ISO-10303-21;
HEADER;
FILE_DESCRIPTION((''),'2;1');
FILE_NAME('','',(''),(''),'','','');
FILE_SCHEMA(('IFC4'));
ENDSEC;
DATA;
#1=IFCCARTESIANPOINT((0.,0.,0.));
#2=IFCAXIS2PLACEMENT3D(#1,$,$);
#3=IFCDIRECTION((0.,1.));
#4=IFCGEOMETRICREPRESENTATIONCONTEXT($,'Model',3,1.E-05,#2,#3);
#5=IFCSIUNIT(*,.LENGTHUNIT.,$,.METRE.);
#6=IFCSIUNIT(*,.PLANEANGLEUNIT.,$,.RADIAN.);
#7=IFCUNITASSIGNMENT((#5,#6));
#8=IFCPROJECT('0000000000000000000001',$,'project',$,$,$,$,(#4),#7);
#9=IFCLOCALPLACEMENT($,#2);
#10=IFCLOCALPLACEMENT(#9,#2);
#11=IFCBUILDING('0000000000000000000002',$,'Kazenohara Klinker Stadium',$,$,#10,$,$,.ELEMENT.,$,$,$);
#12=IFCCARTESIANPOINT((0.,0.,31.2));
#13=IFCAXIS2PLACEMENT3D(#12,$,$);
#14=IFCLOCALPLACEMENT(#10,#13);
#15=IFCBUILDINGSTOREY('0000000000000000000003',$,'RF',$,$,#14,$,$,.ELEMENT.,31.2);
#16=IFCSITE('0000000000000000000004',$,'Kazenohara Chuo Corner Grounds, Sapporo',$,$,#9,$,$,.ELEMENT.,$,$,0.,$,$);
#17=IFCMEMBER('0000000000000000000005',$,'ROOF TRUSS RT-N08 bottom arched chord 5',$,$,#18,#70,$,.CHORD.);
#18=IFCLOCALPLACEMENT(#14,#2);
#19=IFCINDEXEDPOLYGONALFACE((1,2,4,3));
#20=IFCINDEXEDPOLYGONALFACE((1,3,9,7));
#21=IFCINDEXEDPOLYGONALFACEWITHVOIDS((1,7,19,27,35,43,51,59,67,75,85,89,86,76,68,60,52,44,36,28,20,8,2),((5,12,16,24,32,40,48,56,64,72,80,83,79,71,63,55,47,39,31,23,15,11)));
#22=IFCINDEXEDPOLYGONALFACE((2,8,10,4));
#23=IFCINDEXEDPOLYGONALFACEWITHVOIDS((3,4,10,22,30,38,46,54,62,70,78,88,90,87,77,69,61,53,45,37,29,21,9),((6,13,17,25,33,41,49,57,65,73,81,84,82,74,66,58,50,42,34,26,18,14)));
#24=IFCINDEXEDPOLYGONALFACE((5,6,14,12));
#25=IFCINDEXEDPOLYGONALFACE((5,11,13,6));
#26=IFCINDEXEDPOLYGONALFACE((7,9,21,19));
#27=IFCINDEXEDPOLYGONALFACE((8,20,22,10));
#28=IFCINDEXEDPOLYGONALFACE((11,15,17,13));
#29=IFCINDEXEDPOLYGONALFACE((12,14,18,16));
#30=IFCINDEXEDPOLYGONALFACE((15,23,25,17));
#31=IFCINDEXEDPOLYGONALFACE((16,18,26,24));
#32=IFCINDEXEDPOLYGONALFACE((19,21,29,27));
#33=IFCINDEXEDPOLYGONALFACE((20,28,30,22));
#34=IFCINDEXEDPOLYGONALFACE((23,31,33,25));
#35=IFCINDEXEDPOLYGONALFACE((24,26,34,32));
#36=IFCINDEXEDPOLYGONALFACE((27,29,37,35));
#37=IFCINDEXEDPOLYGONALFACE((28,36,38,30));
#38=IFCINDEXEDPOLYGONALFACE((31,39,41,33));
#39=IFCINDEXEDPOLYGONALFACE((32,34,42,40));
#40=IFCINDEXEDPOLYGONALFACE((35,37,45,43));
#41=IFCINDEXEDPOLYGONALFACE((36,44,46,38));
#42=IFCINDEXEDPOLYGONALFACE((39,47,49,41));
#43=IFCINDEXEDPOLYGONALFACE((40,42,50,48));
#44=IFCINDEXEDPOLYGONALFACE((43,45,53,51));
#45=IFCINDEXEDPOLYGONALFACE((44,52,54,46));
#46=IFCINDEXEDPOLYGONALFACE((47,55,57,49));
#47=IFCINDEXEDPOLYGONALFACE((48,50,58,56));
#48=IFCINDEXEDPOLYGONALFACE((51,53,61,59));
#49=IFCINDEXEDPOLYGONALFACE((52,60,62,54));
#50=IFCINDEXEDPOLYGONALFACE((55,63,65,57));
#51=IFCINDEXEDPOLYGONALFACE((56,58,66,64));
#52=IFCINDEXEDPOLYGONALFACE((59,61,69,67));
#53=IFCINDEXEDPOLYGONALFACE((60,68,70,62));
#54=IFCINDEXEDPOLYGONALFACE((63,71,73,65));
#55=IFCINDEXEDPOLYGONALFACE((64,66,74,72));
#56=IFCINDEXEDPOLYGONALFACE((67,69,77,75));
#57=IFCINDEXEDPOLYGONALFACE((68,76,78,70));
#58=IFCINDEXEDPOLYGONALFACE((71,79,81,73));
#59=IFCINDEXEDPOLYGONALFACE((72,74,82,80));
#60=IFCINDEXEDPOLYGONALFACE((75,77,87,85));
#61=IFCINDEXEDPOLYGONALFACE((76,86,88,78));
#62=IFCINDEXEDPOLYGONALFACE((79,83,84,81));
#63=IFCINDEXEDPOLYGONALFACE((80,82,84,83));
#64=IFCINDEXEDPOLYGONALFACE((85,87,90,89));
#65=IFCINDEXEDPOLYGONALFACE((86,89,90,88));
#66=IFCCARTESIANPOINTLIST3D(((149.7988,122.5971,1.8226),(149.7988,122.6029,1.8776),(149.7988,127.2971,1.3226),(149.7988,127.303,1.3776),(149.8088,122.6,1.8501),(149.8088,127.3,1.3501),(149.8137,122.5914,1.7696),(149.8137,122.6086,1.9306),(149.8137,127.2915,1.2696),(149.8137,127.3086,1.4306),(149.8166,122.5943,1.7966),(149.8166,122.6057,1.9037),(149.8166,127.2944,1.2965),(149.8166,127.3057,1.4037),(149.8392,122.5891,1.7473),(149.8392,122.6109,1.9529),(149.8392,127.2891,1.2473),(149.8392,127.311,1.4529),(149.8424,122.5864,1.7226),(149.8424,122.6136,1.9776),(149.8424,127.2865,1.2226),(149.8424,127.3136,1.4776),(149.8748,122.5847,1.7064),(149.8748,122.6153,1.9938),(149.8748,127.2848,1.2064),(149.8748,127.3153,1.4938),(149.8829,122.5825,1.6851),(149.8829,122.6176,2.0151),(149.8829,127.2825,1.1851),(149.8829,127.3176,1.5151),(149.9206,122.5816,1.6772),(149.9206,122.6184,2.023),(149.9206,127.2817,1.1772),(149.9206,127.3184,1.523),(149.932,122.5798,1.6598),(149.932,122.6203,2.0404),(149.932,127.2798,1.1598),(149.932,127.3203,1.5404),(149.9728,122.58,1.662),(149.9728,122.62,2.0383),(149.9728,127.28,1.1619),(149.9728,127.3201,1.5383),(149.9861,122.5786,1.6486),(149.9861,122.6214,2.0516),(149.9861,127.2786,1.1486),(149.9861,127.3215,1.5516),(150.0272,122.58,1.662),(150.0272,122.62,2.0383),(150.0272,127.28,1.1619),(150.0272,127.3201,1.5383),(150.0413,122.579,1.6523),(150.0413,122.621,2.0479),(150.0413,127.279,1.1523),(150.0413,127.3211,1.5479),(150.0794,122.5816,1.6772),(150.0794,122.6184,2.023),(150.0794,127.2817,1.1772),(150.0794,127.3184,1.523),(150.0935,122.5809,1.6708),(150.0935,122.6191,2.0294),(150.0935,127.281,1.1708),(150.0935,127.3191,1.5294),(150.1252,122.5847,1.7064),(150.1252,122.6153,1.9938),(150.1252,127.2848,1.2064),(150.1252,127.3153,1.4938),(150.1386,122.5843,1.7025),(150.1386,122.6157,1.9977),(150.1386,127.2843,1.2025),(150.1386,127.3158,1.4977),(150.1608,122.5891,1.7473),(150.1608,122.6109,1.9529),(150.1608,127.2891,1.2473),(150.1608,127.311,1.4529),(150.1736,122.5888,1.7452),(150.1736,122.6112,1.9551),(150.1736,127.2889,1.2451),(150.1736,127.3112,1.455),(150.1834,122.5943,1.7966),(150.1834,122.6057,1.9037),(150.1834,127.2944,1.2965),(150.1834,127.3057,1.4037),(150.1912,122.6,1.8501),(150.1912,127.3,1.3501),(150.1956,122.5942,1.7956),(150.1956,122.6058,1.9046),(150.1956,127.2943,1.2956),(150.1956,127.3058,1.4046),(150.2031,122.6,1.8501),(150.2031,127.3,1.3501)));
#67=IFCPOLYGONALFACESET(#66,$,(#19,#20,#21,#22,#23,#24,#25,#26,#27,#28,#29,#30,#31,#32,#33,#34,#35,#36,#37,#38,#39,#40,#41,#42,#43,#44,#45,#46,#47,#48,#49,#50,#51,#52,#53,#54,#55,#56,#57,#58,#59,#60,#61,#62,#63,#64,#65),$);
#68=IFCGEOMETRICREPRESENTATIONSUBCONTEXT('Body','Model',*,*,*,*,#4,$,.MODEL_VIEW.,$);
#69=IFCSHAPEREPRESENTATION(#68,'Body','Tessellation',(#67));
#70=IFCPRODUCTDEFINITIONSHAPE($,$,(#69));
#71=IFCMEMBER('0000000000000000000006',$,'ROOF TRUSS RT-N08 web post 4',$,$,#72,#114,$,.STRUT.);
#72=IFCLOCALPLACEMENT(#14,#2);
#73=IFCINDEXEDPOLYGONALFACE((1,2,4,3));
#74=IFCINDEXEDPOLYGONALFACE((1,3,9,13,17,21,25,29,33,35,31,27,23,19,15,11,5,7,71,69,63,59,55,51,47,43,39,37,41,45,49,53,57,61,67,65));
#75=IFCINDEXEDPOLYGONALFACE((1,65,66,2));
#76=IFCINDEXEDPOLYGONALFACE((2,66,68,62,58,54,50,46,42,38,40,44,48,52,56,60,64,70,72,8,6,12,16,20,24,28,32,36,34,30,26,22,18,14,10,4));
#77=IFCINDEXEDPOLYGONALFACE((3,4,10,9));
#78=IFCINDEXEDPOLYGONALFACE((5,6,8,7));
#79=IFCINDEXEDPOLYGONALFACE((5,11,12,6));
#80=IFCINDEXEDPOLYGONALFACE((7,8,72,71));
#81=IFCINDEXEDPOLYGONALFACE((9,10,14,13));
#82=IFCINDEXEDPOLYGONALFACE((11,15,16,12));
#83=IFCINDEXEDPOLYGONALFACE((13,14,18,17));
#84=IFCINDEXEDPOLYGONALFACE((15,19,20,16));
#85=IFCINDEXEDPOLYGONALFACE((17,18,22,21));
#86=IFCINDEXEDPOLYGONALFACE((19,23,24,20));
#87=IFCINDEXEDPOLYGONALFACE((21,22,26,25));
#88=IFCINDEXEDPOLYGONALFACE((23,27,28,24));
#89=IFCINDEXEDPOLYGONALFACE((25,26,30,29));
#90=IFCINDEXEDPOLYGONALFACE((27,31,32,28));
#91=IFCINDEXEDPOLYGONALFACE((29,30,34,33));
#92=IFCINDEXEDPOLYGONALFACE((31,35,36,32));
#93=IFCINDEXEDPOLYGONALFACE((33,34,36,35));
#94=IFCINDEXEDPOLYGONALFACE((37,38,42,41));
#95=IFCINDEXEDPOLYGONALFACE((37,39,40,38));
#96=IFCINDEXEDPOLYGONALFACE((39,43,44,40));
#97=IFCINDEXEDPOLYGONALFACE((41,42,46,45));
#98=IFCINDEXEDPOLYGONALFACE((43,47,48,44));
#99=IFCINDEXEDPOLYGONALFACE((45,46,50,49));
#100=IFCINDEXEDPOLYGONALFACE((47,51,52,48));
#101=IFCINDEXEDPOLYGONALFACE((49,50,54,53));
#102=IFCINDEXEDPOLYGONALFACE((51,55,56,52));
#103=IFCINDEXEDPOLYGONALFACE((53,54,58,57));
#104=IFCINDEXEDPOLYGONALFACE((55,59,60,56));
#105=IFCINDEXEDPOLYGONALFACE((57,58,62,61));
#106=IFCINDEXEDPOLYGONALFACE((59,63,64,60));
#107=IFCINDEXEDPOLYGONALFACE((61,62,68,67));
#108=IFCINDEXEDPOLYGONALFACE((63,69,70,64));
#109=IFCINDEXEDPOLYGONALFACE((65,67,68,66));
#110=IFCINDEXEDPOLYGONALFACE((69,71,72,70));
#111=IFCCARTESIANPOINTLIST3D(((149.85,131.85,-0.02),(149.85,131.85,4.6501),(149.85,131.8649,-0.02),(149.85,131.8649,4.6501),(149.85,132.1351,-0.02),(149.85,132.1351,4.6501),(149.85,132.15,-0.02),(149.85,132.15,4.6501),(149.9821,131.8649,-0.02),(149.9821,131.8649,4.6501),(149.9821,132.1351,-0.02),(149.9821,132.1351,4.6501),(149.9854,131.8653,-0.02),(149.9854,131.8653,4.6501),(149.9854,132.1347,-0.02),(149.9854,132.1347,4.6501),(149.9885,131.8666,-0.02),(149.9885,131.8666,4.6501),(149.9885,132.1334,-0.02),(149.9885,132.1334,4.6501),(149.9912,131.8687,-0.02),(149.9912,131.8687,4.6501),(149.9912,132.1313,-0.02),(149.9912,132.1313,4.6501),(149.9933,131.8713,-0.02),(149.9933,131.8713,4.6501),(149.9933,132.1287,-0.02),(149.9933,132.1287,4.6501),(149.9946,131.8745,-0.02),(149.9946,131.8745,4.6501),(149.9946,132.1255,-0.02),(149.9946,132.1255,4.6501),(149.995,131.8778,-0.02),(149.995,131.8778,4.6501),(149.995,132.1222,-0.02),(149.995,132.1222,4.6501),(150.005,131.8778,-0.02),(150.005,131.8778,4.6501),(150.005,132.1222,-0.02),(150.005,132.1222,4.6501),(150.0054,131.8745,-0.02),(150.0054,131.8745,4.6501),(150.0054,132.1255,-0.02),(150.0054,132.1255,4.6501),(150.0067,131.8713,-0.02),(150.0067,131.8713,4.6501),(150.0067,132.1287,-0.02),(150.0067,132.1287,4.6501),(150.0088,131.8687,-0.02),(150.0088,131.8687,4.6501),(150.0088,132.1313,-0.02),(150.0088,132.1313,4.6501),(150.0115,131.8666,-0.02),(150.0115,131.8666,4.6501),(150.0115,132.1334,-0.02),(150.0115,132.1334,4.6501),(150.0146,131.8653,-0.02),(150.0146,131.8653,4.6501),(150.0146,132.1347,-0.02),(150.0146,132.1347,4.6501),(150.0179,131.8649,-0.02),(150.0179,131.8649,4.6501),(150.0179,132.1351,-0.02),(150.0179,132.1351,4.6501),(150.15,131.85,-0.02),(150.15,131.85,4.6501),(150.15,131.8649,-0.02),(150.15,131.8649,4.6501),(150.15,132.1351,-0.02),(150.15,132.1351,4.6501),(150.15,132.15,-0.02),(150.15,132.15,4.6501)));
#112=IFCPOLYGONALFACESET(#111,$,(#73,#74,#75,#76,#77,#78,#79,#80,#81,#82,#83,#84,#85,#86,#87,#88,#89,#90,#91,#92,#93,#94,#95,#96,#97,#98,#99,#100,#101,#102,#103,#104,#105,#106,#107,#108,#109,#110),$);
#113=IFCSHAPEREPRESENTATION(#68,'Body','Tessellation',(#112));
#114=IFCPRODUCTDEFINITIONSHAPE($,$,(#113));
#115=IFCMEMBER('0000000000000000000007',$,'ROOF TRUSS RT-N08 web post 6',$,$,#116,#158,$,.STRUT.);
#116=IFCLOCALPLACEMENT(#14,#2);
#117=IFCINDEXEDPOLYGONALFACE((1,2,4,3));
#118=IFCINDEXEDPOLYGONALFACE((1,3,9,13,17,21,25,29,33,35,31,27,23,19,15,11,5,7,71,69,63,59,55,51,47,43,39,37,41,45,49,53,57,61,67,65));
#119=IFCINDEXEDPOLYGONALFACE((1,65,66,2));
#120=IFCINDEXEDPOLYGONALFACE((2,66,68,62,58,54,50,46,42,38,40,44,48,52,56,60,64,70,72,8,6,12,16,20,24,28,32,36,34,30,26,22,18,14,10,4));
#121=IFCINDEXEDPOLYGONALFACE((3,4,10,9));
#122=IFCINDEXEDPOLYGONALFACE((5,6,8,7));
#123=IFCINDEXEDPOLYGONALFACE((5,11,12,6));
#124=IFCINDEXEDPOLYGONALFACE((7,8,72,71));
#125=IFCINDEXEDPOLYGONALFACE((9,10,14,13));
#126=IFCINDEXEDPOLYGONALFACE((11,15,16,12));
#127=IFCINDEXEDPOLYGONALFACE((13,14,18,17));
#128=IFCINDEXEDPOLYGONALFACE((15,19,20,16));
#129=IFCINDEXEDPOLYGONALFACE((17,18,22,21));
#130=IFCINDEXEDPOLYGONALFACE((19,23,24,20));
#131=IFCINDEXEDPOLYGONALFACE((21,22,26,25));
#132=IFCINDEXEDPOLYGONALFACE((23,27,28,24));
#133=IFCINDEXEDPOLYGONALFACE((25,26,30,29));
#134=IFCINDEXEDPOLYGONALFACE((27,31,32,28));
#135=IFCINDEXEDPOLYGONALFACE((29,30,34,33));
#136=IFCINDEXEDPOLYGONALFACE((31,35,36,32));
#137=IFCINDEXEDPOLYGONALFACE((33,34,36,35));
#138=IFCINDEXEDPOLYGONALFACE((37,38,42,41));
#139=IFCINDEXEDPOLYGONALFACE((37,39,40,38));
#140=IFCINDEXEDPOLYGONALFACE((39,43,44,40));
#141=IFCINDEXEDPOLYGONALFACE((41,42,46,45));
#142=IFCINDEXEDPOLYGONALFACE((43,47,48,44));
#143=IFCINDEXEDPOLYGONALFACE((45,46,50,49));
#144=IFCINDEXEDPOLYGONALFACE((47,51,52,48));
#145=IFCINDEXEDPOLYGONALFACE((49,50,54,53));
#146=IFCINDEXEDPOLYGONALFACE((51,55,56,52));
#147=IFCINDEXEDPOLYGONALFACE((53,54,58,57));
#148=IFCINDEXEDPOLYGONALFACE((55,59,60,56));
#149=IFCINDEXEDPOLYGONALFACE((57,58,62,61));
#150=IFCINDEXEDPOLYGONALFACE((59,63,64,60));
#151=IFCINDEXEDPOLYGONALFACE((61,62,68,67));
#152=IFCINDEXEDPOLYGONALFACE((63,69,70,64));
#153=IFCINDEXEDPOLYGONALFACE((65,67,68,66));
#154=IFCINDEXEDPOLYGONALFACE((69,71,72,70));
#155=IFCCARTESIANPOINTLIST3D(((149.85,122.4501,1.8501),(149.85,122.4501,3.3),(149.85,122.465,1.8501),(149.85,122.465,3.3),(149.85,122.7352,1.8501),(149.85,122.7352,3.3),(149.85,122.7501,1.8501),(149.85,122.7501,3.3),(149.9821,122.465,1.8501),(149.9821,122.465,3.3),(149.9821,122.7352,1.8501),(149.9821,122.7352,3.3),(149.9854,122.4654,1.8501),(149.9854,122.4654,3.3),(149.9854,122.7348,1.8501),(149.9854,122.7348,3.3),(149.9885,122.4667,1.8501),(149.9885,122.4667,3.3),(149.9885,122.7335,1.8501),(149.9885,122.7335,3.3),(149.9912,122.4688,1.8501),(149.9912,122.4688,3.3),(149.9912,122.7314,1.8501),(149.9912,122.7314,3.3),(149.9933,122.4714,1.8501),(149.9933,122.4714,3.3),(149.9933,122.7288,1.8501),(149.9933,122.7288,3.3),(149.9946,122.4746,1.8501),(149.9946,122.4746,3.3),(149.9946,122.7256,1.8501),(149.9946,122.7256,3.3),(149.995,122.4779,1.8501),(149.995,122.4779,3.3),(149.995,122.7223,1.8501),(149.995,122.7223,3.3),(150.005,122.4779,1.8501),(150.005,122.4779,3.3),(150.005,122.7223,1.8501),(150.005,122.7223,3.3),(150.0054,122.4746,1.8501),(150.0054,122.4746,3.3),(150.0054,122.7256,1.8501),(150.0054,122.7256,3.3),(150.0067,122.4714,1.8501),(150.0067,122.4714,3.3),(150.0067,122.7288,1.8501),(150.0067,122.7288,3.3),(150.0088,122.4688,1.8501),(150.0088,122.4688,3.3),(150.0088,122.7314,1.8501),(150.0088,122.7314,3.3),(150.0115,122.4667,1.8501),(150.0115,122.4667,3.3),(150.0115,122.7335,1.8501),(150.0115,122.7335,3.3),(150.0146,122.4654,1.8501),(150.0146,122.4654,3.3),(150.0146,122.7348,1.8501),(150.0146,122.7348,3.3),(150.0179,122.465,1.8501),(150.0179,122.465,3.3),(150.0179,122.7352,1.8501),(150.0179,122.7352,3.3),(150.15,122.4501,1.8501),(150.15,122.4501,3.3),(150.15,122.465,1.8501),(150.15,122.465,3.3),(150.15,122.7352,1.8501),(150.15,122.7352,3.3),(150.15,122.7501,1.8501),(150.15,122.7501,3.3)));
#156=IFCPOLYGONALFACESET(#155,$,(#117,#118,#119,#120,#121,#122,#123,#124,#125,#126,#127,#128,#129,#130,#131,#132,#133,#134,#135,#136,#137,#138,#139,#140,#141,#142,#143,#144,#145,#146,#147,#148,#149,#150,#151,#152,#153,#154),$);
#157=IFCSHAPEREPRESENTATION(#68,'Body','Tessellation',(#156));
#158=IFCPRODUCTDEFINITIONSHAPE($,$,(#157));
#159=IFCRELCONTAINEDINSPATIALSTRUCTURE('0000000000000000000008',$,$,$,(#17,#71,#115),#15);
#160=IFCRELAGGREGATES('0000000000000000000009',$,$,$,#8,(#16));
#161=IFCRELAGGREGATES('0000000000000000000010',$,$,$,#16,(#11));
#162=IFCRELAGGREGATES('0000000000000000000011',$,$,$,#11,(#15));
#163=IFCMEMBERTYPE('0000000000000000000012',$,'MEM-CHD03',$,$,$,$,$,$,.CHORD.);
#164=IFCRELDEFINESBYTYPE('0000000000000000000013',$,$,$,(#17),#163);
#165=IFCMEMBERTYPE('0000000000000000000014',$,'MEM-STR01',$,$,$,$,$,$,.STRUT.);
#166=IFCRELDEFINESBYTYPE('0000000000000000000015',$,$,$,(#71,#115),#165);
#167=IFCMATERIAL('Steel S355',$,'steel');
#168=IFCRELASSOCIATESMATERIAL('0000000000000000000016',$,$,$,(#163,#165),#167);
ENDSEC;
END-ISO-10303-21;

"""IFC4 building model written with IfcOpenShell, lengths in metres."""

from ifc_helpers import new_model, si_unit, direction, frame, origin, origin_2d, place, context, subcontext, project, spatial, hollow_circle, i_section, extrude, material, material_profile, profile_set, type_object, element, save


model = new_model("IFC4")

# Units and contexts
model_context = context("Model", 3, precision=1e-05, world=origin(), true_north=direction((0.0, 1.0)))
body_context = subcontext(model_context, "Body", "Model", "MODEL_VIEW")
ifc_project = project(units=[si_unit("LENGTHUNIT", "METRE"), si_unit("PLANEANGLEUNIT", "RADIAN")], contexts=[model_context])

# Site, building, storey
site_placement = place(None, origin())
site = spatial("IfcSite", under=ifc_project, at=site_placement, Name="Kazenohara Chuo Corner Grounds, Sapporo", CompositionType="ELEMENT", RefElevation=0.0)
building_placement = place(site_placement, origin())
building = spatial("IfcBuilding", under=site, at=building_placement, Name="Kazenohara Klinker Stadium", CompositionType="ELEMENT")
storey_placement = place(building_placement, frame((0.0, 0.0, 31.2)))
storey = spatial("IfcBuildingStorey", under=building, at=storey_placement, Name="RF", CompositionType="ELEMENT", Elevation=31.2)

# Members
ifc_material_1 = material(Name="Steel S355", Category="steel")
ifc_material_profile_1 = material_profile(ifc_material_1, hollow_circle(Radius=0.2031, WallThickness=0.012, at=origin_2d()), Name="CHS-406.4x12")
ifc_profile_set_1 = profile_set([ifc_material_profile_1], Name="Steel S355")
member_type_1 = type_object("IfcMemberType", Name="MEM-CHD03", PredefinedType="CHORD", material=ifc_profile_set_1)
member_1_placement = place(storey_placement, frame((150.0, 127.3, 1.3501), z_axis=(0.0, -0.994389, 0.105787), x_axis=(1.0, 0.0, 0.0)))
element("IfcMember", 1, at=member_1_placement, inside=storey, type_object=member_type_1, Name="ROOF TRUSS RT-N08 bottom arched chord 5", PredefinedType="CHORD", context=body_context, shape_type="SweptSolid", body=[
    extrude(hollow_circle(Radius=0.2031, WallThickness=0.012, at=origin_2d()), origin(), (0.0, 0.0, 1.0), 4.7266),
])
ifc_material_profile_2 = material_profile(ifc_material_1, i_section(OverallWidth=0.3, OverallDepth=0.3, WebThickness=0.01, FlangeThickness=0.0149, FilletRadius=0.0129, at=origin_2d()), Name="H-300x300x10x15")
ifc_profile_set_2 = profile_set([ifc_material_profile_2], Name="Steel S355")
member_type_2 = type_object("IfcMemberType", Name="MEM-STR01", PredefinedType="STRUT", material=ifc_profile_set_2)
member_2_placement = place(storey_placement, frame((150.0, 132.0, -0.02), z_axis=(0.0, 0.0, 1.0), x_axis=(1.0, 0.0, 0.0)))
element("IfcMember", 2, at=member_2_placement, inside=storey, type_object=member_type_2, Name="ROOF TRUSS RT-N08 web post 4", PredefinedType="STRUT", context=body_context, shape_type="SweptSolid", body=[
    extrude(i_section(OverallWidth=0.3, OverallDepth=0.3, WebThickness=0.01, FlangeThickness=0.0149, FilletRadius=0.0129, at=origin_2d()), origin(), (0.0, 0.0, 1.0), 4.6702),
])
member_3_placement = place(storey_placement, frame((150.0, 122.6001, 1.8501), z_axis=(0.0, 0.0, 1.0), x_axis=(1.0, 0.0, 0.0)))
element("IfcMember", 3, at=member_3_placement, inside=storey, type_object=member_type_2, Name="ROOF TRUSS RT-N08 web post 6", PredefinedType="STRUT", context=body_context, shape_type="SweptSolid", body=[
    extrude(i_section(OverallWidth=0.3, OverallDepth=0.3, WebThickness=0.01, FlangeThickness=0.0149, FilletRadius=0.0129, at=origin_2d()), origin(), (0.0, 0.0, 1.0), 1.45),
])

save(model, "model.ifc")
